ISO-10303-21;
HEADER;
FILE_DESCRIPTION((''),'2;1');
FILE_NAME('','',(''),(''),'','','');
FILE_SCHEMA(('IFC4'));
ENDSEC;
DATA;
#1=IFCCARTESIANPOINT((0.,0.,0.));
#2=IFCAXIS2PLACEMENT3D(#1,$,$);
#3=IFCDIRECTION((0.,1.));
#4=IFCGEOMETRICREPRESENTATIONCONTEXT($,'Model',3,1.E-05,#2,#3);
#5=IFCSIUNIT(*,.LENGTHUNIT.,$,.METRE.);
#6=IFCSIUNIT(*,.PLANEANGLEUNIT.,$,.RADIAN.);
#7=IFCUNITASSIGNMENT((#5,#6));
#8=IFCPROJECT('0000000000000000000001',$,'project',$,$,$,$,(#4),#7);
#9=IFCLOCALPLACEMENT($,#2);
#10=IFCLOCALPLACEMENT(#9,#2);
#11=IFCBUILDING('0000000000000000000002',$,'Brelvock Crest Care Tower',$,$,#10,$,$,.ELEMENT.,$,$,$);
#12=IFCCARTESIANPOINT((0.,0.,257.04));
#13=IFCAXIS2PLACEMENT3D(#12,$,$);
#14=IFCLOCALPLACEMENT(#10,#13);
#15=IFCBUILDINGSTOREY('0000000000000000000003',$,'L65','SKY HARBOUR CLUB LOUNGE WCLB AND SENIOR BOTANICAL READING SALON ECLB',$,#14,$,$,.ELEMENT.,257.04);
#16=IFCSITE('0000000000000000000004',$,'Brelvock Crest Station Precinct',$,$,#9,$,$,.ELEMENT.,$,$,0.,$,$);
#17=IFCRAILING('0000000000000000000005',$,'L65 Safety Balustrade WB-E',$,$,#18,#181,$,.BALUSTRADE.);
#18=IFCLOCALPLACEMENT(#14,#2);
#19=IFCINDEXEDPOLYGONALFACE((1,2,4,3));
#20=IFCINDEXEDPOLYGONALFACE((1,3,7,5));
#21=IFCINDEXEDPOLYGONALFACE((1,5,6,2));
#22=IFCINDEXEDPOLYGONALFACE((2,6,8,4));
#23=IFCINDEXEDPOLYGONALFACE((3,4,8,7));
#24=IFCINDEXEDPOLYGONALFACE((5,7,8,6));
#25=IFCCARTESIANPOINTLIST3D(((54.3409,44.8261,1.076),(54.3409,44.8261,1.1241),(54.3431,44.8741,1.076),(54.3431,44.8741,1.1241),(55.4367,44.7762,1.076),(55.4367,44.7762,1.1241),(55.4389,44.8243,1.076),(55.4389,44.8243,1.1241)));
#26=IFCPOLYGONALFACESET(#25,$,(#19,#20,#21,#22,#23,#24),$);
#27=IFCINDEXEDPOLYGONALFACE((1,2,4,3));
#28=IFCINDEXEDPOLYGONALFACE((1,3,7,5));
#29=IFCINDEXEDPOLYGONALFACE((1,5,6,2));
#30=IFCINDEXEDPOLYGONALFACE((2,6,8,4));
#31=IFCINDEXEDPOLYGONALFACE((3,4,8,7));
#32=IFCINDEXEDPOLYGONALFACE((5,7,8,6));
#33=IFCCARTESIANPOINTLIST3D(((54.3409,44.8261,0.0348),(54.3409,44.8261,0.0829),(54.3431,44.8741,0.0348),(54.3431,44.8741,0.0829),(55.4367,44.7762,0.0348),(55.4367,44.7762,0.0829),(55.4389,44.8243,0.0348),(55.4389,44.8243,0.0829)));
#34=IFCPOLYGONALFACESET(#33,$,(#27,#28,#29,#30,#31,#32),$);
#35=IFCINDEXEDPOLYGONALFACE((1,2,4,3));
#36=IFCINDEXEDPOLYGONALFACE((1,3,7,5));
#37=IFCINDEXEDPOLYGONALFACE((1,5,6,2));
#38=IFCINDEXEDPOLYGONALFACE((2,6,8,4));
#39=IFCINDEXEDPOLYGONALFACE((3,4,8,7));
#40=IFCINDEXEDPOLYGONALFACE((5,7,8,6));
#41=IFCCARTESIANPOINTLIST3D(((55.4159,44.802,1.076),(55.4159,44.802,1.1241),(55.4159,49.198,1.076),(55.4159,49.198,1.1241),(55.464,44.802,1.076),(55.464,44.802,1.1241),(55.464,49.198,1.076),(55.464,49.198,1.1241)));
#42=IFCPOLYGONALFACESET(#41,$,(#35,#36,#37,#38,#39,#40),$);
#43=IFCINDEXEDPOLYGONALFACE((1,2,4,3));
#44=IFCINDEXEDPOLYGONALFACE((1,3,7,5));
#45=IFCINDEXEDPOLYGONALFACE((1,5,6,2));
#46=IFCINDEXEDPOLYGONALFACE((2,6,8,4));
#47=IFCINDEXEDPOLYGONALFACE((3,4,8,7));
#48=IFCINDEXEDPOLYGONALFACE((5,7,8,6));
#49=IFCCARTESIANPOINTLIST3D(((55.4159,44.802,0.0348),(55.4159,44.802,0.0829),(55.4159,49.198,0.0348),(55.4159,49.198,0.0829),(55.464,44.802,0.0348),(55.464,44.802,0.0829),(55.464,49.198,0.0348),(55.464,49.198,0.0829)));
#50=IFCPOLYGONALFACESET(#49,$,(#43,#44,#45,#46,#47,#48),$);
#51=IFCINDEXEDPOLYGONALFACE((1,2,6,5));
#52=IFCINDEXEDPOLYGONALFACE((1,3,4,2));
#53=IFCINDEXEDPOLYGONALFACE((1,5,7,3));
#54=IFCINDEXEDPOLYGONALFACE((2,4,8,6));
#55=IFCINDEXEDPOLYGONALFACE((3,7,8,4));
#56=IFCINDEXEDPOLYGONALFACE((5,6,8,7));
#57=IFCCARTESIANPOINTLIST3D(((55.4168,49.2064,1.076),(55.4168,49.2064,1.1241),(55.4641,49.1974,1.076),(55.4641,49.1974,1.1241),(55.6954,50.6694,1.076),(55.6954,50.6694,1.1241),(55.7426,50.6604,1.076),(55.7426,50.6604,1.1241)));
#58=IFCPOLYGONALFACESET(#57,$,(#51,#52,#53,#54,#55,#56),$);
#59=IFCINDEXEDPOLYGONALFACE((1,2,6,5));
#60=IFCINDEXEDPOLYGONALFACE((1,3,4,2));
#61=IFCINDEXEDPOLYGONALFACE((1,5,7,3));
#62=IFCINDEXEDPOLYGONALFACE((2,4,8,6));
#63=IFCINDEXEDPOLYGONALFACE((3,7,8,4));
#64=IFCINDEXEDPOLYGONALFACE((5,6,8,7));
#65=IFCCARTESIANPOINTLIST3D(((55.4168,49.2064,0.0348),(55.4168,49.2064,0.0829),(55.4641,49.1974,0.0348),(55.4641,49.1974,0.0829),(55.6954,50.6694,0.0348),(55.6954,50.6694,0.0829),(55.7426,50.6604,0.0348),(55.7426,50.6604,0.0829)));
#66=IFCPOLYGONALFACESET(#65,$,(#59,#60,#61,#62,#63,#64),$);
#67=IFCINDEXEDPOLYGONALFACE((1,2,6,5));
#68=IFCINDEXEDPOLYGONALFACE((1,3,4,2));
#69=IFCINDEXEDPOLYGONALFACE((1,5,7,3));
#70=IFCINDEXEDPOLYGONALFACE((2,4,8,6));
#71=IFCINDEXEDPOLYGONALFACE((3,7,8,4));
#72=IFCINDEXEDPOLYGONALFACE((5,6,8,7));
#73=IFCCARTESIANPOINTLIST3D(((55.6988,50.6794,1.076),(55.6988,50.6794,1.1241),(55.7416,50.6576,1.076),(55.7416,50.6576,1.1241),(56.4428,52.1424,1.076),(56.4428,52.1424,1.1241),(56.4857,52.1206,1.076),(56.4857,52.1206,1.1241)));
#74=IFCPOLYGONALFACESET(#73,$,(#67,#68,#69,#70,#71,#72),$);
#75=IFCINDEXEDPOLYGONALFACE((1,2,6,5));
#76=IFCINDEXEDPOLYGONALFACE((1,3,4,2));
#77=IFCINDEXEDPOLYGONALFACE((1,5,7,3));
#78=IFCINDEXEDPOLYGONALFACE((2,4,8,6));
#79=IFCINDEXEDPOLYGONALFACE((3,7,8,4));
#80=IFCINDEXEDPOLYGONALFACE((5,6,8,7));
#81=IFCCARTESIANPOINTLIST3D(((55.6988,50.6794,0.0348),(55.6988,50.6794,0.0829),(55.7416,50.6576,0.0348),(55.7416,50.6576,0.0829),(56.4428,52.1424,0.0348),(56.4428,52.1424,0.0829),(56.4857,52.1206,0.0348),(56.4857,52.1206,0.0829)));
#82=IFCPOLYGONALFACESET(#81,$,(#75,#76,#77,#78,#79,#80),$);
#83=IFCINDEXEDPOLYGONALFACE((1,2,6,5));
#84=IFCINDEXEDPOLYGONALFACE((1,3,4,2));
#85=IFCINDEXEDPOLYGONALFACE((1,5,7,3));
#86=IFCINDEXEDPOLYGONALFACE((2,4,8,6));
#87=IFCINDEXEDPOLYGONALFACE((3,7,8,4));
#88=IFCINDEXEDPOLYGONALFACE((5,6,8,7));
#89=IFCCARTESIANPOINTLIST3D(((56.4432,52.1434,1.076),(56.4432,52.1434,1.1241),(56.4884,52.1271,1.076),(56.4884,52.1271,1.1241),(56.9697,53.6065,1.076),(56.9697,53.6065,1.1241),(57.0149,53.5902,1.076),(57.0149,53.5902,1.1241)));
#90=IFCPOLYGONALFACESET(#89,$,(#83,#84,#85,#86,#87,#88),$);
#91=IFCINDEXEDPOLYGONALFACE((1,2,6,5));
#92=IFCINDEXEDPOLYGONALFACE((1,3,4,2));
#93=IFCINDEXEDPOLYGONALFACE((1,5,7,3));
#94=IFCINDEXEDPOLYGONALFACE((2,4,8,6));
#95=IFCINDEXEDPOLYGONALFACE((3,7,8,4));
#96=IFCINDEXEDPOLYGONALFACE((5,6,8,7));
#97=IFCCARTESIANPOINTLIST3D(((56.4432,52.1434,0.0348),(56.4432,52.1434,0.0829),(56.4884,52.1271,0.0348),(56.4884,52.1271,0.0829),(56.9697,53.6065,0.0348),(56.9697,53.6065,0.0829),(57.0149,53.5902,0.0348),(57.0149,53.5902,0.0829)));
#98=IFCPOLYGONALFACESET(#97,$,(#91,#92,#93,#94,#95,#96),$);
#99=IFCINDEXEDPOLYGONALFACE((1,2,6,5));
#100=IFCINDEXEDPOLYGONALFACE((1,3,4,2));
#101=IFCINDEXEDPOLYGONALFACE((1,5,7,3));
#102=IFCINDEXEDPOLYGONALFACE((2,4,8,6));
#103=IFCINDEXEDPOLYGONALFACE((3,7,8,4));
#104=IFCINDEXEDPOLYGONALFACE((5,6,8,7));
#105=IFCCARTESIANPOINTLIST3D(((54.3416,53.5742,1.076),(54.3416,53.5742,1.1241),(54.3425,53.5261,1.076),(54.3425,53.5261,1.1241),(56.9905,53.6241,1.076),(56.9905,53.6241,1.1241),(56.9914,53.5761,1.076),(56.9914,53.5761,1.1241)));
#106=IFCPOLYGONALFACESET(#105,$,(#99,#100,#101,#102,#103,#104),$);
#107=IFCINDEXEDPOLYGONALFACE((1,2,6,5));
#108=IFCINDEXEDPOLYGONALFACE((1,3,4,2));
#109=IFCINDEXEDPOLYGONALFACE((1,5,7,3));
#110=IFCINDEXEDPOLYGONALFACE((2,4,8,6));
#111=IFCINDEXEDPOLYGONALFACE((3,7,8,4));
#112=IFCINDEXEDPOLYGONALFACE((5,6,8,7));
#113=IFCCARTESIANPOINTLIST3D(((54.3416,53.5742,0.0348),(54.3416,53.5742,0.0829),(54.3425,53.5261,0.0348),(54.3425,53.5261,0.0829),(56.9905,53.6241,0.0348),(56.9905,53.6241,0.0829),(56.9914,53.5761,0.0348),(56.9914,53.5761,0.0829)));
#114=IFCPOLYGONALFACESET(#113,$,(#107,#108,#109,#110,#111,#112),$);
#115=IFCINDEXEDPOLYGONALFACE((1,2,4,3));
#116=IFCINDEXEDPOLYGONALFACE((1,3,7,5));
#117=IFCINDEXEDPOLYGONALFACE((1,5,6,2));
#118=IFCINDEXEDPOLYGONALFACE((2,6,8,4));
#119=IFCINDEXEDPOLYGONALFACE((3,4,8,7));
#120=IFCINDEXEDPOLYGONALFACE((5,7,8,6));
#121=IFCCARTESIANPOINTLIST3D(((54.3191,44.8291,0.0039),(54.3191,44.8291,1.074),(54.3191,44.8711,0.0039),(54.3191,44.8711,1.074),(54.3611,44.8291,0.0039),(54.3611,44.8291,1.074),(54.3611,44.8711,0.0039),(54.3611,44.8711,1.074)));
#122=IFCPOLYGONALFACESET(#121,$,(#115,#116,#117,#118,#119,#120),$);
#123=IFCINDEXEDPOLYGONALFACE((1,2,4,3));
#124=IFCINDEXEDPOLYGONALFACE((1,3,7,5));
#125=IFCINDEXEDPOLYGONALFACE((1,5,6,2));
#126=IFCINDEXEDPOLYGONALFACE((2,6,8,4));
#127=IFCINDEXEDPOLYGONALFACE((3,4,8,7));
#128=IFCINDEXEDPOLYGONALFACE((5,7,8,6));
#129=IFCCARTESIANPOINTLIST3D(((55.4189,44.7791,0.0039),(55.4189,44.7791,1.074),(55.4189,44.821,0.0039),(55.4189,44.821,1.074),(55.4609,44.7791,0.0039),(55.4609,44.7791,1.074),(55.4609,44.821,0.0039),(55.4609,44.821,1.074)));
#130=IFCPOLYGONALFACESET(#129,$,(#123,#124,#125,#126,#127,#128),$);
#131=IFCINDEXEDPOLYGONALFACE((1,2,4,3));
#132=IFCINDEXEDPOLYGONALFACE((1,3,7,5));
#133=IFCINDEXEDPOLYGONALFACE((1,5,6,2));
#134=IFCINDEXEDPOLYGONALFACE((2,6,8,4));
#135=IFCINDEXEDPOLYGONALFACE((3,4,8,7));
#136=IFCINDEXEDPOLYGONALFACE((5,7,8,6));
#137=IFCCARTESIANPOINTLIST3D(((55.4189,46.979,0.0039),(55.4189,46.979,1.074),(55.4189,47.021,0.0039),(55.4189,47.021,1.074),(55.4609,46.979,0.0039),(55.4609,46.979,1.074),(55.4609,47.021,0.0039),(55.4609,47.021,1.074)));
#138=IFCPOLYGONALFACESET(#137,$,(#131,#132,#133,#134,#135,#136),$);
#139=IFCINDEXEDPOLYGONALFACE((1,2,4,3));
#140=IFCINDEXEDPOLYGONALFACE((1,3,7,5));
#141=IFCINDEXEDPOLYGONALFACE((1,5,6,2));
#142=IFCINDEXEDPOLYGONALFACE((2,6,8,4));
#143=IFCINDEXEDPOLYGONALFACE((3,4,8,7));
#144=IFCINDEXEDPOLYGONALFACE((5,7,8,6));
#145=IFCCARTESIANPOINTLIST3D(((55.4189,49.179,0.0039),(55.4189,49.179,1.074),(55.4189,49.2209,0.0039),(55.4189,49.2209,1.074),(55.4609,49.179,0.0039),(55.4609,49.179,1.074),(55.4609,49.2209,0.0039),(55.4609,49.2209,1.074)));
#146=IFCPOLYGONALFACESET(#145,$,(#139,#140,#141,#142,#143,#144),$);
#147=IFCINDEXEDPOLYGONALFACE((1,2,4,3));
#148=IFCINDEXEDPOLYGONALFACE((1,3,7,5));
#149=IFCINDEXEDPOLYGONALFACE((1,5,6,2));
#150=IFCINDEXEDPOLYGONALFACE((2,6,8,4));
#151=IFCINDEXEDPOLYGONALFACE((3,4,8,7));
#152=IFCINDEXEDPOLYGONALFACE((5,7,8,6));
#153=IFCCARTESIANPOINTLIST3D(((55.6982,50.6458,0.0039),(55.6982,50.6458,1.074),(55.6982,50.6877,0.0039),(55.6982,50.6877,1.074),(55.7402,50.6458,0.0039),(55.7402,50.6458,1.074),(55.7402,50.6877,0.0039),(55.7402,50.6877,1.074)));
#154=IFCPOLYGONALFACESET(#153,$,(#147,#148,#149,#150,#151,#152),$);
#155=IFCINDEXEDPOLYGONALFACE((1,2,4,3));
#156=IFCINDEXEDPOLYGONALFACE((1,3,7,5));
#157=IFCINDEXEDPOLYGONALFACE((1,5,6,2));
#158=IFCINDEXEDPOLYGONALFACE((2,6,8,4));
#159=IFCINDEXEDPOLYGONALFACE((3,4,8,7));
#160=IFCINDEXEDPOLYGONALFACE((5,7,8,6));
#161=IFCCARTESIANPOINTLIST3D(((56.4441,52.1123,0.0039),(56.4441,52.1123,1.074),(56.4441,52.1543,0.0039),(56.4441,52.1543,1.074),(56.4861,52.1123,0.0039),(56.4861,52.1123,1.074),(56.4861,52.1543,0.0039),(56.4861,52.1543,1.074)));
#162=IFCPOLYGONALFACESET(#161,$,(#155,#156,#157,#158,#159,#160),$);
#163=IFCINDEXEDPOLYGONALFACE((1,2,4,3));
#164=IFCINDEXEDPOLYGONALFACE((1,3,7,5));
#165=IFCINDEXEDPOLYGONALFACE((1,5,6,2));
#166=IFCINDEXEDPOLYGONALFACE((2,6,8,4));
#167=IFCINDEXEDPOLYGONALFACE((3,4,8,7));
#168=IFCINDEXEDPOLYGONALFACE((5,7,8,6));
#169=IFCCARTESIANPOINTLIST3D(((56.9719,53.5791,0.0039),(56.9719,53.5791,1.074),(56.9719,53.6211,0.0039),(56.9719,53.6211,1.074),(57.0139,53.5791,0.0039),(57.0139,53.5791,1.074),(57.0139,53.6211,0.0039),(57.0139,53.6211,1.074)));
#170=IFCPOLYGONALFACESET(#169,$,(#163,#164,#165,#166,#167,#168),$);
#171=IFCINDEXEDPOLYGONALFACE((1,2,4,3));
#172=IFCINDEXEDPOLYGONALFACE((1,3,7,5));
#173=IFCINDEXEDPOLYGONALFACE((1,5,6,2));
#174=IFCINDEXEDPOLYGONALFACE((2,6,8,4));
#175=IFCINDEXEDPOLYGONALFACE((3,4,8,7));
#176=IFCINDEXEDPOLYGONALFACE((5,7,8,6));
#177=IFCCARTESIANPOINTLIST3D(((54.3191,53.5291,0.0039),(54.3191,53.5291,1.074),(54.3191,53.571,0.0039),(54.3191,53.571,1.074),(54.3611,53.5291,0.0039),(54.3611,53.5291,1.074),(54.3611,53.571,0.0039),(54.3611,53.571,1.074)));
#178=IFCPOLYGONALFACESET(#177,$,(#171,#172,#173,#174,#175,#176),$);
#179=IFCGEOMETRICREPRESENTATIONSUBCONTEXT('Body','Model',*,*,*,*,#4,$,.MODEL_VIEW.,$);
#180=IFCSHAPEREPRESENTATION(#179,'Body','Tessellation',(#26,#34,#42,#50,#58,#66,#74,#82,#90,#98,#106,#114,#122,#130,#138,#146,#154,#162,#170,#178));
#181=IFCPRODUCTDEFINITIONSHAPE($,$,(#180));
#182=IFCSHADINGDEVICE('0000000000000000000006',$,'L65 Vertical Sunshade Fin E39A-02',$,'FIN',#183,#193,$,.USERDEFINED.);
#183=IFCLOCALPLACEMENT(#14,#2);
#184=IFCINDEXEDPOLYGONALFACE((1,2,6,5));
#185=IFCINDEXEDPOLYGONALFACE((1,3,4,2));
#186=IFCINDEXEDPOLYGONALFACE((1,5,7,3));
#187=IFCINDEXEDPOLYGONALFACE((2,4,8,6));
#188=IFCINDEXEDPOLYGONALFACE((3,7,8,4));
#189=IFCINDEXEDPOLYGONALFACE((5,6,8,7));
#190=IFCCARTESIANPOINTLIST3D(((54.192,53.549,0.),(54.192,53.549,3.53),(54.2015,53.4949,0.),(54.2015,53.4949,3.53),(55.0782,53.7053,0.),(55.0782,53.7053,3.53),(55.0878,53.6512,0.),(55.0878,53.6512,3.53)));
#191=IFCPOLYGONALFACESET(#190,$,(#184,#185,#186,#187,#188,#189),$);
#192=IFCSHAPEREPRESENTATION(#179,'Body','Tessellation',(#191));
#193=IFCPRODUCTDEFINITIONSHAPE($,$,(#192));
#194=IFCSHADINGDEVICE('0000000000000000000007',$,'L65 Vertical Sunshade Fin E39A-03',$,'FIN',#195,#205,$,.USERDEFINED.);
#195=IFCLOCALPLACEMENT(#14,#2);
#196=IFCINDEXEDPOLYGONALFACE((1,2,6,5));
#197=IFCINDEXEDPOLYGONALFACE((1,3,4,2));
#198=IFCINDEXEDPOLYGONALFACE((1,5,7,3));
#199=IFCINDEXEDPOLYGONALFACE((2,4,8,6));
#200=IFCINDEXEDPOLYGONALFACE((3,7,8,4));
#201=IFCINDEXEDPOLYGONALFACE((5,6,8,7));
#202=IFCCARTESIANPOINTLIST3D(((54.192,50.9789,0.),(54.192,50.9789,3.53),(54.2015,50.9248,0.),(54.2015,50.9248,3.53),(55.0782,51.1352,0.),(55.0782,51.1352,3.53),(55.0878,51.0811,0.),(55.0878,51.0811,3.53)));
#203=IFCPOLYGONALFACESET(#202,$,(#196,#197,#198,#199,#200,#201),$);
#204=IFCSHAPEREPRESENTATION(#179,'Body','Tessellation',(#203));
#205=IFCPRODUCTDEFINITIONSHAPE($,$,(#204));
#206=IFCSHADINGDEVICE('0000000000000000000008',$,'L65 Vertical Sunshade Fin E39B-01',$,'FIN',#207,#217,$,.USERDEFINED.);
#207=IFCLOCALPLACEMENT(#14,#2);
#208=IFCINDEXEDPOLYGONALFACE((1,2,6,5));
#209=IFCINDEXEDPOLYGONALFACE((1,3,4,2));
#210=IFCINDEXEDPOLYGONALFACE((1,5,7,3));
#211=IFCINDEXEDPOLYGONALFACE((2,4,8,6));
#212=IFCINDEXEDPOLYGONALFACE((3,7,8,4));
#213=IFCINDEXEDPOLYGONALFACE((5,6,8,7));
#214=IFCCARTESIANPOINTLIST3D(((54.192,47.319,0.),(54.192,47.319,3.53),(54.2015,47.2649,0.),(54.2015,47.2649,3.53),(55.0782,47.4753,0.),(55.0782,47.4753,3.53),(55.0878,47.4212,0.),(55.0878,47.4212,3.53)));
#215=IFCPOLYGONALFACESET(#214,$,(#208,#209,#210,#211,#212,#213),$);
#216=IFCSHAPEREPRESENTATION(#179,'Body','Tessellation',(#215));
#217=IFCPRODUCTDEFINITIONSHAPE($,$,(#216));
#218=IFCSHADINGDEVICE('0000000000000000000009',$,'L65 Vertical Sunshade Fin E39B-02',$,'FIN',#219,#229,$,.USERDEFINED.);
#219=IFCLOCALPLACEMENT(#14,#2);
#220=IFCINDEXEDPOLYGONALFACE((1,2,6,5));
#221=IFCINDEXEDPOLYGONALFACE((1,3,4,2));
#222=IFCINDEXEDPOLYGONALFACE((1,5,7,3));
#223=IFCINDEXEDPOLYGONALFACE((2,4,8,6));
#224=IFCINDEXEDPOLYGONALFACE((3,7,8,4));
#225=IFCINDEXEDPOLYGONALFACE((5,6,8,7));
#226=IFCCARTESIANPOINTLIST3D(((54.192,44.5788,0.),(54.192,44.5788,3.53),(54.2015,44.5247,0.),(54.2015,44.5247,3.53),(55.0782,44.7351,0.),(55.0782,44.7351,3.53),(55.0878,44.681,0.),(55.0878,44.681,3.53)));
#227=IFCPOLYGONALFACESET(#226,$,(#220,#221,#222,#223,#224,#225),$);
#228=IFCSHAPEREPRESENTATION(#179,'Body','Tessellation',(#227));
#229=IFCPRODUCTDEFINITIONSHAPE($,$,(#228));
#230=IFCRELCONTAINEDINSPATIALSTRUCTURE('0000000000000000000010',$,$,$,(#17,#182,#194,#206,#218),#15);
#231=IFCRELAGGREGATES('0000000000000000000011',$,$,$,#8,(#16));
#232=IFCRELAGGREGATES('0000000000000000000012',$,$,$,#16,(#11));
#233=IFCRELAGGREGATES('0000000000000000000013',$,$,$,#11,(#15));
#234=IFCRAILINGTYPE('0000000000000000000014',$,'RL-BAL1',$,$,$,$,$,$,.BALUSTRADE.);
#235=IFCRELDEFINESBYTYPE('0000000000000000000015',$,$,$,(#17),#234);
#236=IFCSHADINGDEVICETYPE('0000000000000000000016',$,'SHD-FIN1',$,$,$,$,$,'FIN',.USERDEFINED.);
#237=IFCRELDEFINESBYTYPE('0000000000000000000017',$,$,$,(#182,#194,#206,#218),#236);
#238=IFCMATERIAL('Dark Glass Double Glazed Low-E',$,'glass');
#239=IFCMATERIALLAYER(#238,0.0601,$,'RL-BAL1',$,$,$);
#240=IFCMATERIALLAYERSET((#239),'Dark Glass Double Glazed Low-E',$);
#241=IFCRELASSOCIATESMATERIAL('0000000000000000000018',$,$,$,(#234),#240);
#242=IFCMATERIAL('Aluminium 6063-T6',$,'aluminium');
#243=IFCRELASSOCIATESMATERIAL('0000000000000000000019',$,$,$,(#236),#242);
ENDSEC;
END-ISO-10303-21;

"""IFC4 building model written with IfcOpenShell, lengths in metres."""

from ifc_helpers import new_model, si_unit, direction, frame, origin, origin_2d, place, context, subcontext, project, spatial, rectangle, extrude, source, transform, mapped, material, layer, layer_set, material_profile, profile_set, type_object, element, save


model = new_model("IFC4")

# Units and contexts
model_context = context("Model", 3, precision=1e-05, world=origin(), true_north=direction((0.0, 1.0)))
body_context = subcontext(model_context, "Body", "Model", "MODEL_VIEW")
ifc_project = project(units=[si_unit("LENGTHUNIT", "METRE"), si_unit("PLANEANGLEUNIT", "RADIAN")], contexts=[model_context])

# Site, building, storey
site_placement = place(None, origin())
site = spatial("IfcSite", under=ifc_project, at=site_placement, Name="Brelvock Crest Station Precinct", CompositionType="ELEMENT", RefElevation=0.0)
building_placement = place(site_placement, origin())
building = spatial("IfcBuilding", under=site, at=building_placement, Name="Brelvock Crest Care Tower", CompositionType="ELEMENT")
storey_placement = place(building_placement, frame((0.0, 0.0, 257.04)))
storey = spatial("IfcBuildingStorey", under=building, at=storey_placement, Name="L65", Description="SKY HARBOUR CLUB LOUNGE WCLB AND SENIOR BOTANICAL READING SALON ECLB", CompositionType="ELEMENT", Elevation=257.04)

# Shared definitions
ifc_material_1 = material(Name="Dark Glass Double Glazed Low-E", Category="glass")
ifc_material_2 = material(Name="Aluminium 6063-T6", Category="aluminium")

# Railing
ifc_layer_1 = layer(ifc_material_1, 0.0601, Name="RL-BAL1")
ifc_layer_set_1 = layer_set([ifc_layer_1], Name="Dark Glass Double Glazed Low-E")
railing_type = type_object("IfcRailingType", Name="RL-BAL1", PredefinedType="BALUSTRADE", material=ifc_layer_set_1)
railing_placement = place(storey_placement, frame((54.3401, 44.8501, 0.0039)))
element("IfcRailing", 1, at=railing_placement, inside=storey, type_object=railing_type, Name="L65 Safety Balustrade WB-E", PredefinedType="BALUSTRADE", context=body_context, shape_type="SweptSolid", body=[
    extrude(rectangle(XDim=0.0481, YDim=0.0481, at=origin_2d()), frame((0.002, 0.0, 1.0962), z_axis=(0.998966, -0.045458, 0.0), x_axis=(0.045458, 0.998966, 0.0)), (0.0, 0.0, 1.0), 1.0969),
    extrude(rectangle(XDim=0.0481, YDim=0.0481, at=origin_2d()), frame((0.002, 0.0, 0.0549), z_axis=(0.998966, -0.045458, 0.0), x_axis=(0.045458, 0.998966, 0.0)), (0.0, 0.0, 1.0), 1.0969),
    extrude(rectangle(XDim=0.0481, YDim=0.0481, at=origin_2d()), frame((1.0999, -0.0481, 1.0962), z_axis=(0.0, 1.0, 0.0), x_axis=(-1.0, 0.0, 0.0)), (0.0, 0.0, 1.0), 4.396),
    extrude(rectangle(XDim=0.0481, YDim=0.0481, at=origin_2d()), frame((1.0999, -0.0481, 0.0549), z_axis=(0.0, 1.0, 0.0), x_axis=(-1.0, 0.0, 0.0)), (0.0, 0.0, 1.0), 4.396),
    extrude(rectangle(XDim=0.0481, YDim=0.0481, at=origin_2d()), frame((1.1003, 4.3518, 1.0962), z_axis=(0.187052, 0.98235, 0.0), x_axis=(-0.98235, 0.187052, 0.0)), (0.0, 0.0, 1.0), 1.4893),
    extrude(rectangle(XDim=0.0481, YDim=0.0481, at=origin_2d()), frame((1.1003, 4.3518, 0.0549), z_axis=(0.187052, 0.98235, 0.0), x_axis=(-0.98235, 0.187052, 0.0)), (0.0, 0.0, 1.0), 1.4893),
    extrude(rectangle(XDim=0.0481, YDim=0.0481, at=origin_2d()), frame((1.3801, 5.8184, 1.0962), z_axis=(0.453317, 0.89135, 0.0), x_axis=(-0.89135, 0.453317, 0.0)), (0.0, 0.0, 1.0), 1.6414),
    extrude(rectangle(XDim=0.0481, YDim=0.0481, at=origin_2d()), frame((1.3801, 5.8184, 0.0549), z_axis=(0.453317, 0.89135, 0.0), x_axis=(-0.89135, 0.453317, 0.0)), (0.0, 0.0, 1.0), 1.6414),
    extrude(rectangle(XDim=0.0481, YDim=0.0481, at=origin_2d()), frame((2.1257, 7.2852, 1.0962), z_axis=(0.338597, 0.940931, 0.0), x_axis=(-0.940931, 0.338597, 0.0)), (0.0, 0.0, 1.0), 1.5549),
    extrude(rectangle(XDim=0.0481, YDim=0.0481, at=origin_2d()), frame((2.1257, 7.2852, 0.0549), z_axis=(0.338597, 0.940931, 0.0), x_axis=(-0.940931, 0.338597, 0.0)), (0.0, 0.0, 1.0), 1.5549),
    extrude(rectangle(XDim=0.0481, YDim=0.0481, at=origin_2d()), frame((2.6509, 8.75, 1.0962), z_axis=(-0.999822, -0.018863, 0.0), x_axis=(0.018863, -0.999822, 0.0)), (0.0, 0.0, 1.0), 2.6494),
    extrude(rectangle(XDim=0.0481, YDim=0.0481, at=origin_2d()), frame((2.6509, 8.75, 0.0549), z_axis=(-0.999822, -0.018863, 0.0), x_axis=(0.018863, -0.999822, 0.0)), (0.0, 0.0, 1.0), 2.6494),
    extrude(rectangle(XDim=0.042, YDim=0.042, at=origin_2d()), origin(), (0.0, 0.0, 1.0), 1.0701),
    extrude(rectangle(XDim=0.042, YDim=0.042, at=origin_2d()), frame((1.0999, -0.05, 0.0)), (0.0, 0.0, 1.0), 1.0701),
    extrude(rectangle(XDim=0.042, YDim=0.042, at=origin_2d()), frame((1.0999, 2.1499, 0.0)), (0.0, 0.0, 1.0), 1.0701),
    extrude(rectangle(XDim=0.042, YDim=0.042, at=origin_2d()), frame((1.0999, 4.3499, 0.0)), (0.0, 0.0, 1.0), 1.0701),
    extrude(rectangle(XDim=0.042, YDim=0.042, at=origin_2d()), frame((1.3792, 5.8167, 0.0)), (0.0, 0.0, 1.0), 1.0701),
    extrude(rectangle(XDim=0.042, YDim=0.042, at=origin_2d()), frame((2.125, 7.2832, 0.0)), (0.0, 0.0, 1.0), 1.0701),
    extrude(rectangle(XDim=0.042, YDim=0.042, at=origin_2d()), frame((2.6528, 8.75, 0.0)), (0.0, 0.0, 1.0), 1.0701),
    extrude(rectangle(XDim=0.042, YDim=0.042, at=origin_2d()), frame((0.0, 8.7, 0.0)), (0.0, 0.0, 1.0), 1.0701),
])

# Shading devices
ifc_material_profile_1 = material_profile(ifc_material_2, rectangle(XDim=0.0549, YDim=0.8999, at=origin_2d()), Name="FIN55x900")
ifc_profile_set_1 = profile_set([ifc_material_profile_1], Name="Aluminium 6063-T6")
shading_device_type = type_object("IfcShadingDeviceType", Name="SHD-FIN1", ElementType="FIN", PredefinedType="USERDEFINED", material=ifc_profile_set_1)
shared_shape_1 = source(origin(), body_context, "Body", "SweptSolid", [
    extrude(rectangle(XDim=0.0549, YDim=0.8999, at=origin_2d()), origin(), (0.0, 0.0, 1.0), 3.53),
])
for number, where, z_axis, x_axis, name in (
    (2, (54.6399, 53.6001, 0.0), (0.0, 0.0, 1.0), (0.173648, -0.984808, 0.0), "L65 Vertical Sunshade Fin E39A-02"),
    (3, (54.6399, 51.03, 0.0), (0.0, 0.0, 1.0), (0.173648, -0.984808, 0.0), "L65 Vertical Sunshade Fin E39A-03"),
    (4, (54.6399, 47.3701, 0.0), (0.0, 0.0, 1.0), (0.173648, -0.984808, 0.0), "L65 Vertical Sunshade Fin E39B-01"),
    (5, (54.6399, 44.6299, 0.0), (0.0, 0.0, 1.0), (0.173648, -0.984808, 0.0), "L65 Vertical Sunshade Fin E39B-02"),
):
    element("IfcShadingDevice", number, at=place(storey_placement, frame(where, z_axis=z_axis, x_axis=x_axis)), inside=storey, type_object=shading_device_type, Name=name, ObjectType="FIN", PredefinedType="USERDEFINED", context=body_context, shape_type="MappedRepresentation", body=[
        mapped(shared_shape_1, transform((0.0, 0.0, 0.0), x_axis=(1.0, 0.0, 0.0), y_axis=(0.0, 1.0, 0.0), z_axis=(0.0, 0.0, 1.0), scale=1.0)),
    ])

save(model, "model.ifc")
